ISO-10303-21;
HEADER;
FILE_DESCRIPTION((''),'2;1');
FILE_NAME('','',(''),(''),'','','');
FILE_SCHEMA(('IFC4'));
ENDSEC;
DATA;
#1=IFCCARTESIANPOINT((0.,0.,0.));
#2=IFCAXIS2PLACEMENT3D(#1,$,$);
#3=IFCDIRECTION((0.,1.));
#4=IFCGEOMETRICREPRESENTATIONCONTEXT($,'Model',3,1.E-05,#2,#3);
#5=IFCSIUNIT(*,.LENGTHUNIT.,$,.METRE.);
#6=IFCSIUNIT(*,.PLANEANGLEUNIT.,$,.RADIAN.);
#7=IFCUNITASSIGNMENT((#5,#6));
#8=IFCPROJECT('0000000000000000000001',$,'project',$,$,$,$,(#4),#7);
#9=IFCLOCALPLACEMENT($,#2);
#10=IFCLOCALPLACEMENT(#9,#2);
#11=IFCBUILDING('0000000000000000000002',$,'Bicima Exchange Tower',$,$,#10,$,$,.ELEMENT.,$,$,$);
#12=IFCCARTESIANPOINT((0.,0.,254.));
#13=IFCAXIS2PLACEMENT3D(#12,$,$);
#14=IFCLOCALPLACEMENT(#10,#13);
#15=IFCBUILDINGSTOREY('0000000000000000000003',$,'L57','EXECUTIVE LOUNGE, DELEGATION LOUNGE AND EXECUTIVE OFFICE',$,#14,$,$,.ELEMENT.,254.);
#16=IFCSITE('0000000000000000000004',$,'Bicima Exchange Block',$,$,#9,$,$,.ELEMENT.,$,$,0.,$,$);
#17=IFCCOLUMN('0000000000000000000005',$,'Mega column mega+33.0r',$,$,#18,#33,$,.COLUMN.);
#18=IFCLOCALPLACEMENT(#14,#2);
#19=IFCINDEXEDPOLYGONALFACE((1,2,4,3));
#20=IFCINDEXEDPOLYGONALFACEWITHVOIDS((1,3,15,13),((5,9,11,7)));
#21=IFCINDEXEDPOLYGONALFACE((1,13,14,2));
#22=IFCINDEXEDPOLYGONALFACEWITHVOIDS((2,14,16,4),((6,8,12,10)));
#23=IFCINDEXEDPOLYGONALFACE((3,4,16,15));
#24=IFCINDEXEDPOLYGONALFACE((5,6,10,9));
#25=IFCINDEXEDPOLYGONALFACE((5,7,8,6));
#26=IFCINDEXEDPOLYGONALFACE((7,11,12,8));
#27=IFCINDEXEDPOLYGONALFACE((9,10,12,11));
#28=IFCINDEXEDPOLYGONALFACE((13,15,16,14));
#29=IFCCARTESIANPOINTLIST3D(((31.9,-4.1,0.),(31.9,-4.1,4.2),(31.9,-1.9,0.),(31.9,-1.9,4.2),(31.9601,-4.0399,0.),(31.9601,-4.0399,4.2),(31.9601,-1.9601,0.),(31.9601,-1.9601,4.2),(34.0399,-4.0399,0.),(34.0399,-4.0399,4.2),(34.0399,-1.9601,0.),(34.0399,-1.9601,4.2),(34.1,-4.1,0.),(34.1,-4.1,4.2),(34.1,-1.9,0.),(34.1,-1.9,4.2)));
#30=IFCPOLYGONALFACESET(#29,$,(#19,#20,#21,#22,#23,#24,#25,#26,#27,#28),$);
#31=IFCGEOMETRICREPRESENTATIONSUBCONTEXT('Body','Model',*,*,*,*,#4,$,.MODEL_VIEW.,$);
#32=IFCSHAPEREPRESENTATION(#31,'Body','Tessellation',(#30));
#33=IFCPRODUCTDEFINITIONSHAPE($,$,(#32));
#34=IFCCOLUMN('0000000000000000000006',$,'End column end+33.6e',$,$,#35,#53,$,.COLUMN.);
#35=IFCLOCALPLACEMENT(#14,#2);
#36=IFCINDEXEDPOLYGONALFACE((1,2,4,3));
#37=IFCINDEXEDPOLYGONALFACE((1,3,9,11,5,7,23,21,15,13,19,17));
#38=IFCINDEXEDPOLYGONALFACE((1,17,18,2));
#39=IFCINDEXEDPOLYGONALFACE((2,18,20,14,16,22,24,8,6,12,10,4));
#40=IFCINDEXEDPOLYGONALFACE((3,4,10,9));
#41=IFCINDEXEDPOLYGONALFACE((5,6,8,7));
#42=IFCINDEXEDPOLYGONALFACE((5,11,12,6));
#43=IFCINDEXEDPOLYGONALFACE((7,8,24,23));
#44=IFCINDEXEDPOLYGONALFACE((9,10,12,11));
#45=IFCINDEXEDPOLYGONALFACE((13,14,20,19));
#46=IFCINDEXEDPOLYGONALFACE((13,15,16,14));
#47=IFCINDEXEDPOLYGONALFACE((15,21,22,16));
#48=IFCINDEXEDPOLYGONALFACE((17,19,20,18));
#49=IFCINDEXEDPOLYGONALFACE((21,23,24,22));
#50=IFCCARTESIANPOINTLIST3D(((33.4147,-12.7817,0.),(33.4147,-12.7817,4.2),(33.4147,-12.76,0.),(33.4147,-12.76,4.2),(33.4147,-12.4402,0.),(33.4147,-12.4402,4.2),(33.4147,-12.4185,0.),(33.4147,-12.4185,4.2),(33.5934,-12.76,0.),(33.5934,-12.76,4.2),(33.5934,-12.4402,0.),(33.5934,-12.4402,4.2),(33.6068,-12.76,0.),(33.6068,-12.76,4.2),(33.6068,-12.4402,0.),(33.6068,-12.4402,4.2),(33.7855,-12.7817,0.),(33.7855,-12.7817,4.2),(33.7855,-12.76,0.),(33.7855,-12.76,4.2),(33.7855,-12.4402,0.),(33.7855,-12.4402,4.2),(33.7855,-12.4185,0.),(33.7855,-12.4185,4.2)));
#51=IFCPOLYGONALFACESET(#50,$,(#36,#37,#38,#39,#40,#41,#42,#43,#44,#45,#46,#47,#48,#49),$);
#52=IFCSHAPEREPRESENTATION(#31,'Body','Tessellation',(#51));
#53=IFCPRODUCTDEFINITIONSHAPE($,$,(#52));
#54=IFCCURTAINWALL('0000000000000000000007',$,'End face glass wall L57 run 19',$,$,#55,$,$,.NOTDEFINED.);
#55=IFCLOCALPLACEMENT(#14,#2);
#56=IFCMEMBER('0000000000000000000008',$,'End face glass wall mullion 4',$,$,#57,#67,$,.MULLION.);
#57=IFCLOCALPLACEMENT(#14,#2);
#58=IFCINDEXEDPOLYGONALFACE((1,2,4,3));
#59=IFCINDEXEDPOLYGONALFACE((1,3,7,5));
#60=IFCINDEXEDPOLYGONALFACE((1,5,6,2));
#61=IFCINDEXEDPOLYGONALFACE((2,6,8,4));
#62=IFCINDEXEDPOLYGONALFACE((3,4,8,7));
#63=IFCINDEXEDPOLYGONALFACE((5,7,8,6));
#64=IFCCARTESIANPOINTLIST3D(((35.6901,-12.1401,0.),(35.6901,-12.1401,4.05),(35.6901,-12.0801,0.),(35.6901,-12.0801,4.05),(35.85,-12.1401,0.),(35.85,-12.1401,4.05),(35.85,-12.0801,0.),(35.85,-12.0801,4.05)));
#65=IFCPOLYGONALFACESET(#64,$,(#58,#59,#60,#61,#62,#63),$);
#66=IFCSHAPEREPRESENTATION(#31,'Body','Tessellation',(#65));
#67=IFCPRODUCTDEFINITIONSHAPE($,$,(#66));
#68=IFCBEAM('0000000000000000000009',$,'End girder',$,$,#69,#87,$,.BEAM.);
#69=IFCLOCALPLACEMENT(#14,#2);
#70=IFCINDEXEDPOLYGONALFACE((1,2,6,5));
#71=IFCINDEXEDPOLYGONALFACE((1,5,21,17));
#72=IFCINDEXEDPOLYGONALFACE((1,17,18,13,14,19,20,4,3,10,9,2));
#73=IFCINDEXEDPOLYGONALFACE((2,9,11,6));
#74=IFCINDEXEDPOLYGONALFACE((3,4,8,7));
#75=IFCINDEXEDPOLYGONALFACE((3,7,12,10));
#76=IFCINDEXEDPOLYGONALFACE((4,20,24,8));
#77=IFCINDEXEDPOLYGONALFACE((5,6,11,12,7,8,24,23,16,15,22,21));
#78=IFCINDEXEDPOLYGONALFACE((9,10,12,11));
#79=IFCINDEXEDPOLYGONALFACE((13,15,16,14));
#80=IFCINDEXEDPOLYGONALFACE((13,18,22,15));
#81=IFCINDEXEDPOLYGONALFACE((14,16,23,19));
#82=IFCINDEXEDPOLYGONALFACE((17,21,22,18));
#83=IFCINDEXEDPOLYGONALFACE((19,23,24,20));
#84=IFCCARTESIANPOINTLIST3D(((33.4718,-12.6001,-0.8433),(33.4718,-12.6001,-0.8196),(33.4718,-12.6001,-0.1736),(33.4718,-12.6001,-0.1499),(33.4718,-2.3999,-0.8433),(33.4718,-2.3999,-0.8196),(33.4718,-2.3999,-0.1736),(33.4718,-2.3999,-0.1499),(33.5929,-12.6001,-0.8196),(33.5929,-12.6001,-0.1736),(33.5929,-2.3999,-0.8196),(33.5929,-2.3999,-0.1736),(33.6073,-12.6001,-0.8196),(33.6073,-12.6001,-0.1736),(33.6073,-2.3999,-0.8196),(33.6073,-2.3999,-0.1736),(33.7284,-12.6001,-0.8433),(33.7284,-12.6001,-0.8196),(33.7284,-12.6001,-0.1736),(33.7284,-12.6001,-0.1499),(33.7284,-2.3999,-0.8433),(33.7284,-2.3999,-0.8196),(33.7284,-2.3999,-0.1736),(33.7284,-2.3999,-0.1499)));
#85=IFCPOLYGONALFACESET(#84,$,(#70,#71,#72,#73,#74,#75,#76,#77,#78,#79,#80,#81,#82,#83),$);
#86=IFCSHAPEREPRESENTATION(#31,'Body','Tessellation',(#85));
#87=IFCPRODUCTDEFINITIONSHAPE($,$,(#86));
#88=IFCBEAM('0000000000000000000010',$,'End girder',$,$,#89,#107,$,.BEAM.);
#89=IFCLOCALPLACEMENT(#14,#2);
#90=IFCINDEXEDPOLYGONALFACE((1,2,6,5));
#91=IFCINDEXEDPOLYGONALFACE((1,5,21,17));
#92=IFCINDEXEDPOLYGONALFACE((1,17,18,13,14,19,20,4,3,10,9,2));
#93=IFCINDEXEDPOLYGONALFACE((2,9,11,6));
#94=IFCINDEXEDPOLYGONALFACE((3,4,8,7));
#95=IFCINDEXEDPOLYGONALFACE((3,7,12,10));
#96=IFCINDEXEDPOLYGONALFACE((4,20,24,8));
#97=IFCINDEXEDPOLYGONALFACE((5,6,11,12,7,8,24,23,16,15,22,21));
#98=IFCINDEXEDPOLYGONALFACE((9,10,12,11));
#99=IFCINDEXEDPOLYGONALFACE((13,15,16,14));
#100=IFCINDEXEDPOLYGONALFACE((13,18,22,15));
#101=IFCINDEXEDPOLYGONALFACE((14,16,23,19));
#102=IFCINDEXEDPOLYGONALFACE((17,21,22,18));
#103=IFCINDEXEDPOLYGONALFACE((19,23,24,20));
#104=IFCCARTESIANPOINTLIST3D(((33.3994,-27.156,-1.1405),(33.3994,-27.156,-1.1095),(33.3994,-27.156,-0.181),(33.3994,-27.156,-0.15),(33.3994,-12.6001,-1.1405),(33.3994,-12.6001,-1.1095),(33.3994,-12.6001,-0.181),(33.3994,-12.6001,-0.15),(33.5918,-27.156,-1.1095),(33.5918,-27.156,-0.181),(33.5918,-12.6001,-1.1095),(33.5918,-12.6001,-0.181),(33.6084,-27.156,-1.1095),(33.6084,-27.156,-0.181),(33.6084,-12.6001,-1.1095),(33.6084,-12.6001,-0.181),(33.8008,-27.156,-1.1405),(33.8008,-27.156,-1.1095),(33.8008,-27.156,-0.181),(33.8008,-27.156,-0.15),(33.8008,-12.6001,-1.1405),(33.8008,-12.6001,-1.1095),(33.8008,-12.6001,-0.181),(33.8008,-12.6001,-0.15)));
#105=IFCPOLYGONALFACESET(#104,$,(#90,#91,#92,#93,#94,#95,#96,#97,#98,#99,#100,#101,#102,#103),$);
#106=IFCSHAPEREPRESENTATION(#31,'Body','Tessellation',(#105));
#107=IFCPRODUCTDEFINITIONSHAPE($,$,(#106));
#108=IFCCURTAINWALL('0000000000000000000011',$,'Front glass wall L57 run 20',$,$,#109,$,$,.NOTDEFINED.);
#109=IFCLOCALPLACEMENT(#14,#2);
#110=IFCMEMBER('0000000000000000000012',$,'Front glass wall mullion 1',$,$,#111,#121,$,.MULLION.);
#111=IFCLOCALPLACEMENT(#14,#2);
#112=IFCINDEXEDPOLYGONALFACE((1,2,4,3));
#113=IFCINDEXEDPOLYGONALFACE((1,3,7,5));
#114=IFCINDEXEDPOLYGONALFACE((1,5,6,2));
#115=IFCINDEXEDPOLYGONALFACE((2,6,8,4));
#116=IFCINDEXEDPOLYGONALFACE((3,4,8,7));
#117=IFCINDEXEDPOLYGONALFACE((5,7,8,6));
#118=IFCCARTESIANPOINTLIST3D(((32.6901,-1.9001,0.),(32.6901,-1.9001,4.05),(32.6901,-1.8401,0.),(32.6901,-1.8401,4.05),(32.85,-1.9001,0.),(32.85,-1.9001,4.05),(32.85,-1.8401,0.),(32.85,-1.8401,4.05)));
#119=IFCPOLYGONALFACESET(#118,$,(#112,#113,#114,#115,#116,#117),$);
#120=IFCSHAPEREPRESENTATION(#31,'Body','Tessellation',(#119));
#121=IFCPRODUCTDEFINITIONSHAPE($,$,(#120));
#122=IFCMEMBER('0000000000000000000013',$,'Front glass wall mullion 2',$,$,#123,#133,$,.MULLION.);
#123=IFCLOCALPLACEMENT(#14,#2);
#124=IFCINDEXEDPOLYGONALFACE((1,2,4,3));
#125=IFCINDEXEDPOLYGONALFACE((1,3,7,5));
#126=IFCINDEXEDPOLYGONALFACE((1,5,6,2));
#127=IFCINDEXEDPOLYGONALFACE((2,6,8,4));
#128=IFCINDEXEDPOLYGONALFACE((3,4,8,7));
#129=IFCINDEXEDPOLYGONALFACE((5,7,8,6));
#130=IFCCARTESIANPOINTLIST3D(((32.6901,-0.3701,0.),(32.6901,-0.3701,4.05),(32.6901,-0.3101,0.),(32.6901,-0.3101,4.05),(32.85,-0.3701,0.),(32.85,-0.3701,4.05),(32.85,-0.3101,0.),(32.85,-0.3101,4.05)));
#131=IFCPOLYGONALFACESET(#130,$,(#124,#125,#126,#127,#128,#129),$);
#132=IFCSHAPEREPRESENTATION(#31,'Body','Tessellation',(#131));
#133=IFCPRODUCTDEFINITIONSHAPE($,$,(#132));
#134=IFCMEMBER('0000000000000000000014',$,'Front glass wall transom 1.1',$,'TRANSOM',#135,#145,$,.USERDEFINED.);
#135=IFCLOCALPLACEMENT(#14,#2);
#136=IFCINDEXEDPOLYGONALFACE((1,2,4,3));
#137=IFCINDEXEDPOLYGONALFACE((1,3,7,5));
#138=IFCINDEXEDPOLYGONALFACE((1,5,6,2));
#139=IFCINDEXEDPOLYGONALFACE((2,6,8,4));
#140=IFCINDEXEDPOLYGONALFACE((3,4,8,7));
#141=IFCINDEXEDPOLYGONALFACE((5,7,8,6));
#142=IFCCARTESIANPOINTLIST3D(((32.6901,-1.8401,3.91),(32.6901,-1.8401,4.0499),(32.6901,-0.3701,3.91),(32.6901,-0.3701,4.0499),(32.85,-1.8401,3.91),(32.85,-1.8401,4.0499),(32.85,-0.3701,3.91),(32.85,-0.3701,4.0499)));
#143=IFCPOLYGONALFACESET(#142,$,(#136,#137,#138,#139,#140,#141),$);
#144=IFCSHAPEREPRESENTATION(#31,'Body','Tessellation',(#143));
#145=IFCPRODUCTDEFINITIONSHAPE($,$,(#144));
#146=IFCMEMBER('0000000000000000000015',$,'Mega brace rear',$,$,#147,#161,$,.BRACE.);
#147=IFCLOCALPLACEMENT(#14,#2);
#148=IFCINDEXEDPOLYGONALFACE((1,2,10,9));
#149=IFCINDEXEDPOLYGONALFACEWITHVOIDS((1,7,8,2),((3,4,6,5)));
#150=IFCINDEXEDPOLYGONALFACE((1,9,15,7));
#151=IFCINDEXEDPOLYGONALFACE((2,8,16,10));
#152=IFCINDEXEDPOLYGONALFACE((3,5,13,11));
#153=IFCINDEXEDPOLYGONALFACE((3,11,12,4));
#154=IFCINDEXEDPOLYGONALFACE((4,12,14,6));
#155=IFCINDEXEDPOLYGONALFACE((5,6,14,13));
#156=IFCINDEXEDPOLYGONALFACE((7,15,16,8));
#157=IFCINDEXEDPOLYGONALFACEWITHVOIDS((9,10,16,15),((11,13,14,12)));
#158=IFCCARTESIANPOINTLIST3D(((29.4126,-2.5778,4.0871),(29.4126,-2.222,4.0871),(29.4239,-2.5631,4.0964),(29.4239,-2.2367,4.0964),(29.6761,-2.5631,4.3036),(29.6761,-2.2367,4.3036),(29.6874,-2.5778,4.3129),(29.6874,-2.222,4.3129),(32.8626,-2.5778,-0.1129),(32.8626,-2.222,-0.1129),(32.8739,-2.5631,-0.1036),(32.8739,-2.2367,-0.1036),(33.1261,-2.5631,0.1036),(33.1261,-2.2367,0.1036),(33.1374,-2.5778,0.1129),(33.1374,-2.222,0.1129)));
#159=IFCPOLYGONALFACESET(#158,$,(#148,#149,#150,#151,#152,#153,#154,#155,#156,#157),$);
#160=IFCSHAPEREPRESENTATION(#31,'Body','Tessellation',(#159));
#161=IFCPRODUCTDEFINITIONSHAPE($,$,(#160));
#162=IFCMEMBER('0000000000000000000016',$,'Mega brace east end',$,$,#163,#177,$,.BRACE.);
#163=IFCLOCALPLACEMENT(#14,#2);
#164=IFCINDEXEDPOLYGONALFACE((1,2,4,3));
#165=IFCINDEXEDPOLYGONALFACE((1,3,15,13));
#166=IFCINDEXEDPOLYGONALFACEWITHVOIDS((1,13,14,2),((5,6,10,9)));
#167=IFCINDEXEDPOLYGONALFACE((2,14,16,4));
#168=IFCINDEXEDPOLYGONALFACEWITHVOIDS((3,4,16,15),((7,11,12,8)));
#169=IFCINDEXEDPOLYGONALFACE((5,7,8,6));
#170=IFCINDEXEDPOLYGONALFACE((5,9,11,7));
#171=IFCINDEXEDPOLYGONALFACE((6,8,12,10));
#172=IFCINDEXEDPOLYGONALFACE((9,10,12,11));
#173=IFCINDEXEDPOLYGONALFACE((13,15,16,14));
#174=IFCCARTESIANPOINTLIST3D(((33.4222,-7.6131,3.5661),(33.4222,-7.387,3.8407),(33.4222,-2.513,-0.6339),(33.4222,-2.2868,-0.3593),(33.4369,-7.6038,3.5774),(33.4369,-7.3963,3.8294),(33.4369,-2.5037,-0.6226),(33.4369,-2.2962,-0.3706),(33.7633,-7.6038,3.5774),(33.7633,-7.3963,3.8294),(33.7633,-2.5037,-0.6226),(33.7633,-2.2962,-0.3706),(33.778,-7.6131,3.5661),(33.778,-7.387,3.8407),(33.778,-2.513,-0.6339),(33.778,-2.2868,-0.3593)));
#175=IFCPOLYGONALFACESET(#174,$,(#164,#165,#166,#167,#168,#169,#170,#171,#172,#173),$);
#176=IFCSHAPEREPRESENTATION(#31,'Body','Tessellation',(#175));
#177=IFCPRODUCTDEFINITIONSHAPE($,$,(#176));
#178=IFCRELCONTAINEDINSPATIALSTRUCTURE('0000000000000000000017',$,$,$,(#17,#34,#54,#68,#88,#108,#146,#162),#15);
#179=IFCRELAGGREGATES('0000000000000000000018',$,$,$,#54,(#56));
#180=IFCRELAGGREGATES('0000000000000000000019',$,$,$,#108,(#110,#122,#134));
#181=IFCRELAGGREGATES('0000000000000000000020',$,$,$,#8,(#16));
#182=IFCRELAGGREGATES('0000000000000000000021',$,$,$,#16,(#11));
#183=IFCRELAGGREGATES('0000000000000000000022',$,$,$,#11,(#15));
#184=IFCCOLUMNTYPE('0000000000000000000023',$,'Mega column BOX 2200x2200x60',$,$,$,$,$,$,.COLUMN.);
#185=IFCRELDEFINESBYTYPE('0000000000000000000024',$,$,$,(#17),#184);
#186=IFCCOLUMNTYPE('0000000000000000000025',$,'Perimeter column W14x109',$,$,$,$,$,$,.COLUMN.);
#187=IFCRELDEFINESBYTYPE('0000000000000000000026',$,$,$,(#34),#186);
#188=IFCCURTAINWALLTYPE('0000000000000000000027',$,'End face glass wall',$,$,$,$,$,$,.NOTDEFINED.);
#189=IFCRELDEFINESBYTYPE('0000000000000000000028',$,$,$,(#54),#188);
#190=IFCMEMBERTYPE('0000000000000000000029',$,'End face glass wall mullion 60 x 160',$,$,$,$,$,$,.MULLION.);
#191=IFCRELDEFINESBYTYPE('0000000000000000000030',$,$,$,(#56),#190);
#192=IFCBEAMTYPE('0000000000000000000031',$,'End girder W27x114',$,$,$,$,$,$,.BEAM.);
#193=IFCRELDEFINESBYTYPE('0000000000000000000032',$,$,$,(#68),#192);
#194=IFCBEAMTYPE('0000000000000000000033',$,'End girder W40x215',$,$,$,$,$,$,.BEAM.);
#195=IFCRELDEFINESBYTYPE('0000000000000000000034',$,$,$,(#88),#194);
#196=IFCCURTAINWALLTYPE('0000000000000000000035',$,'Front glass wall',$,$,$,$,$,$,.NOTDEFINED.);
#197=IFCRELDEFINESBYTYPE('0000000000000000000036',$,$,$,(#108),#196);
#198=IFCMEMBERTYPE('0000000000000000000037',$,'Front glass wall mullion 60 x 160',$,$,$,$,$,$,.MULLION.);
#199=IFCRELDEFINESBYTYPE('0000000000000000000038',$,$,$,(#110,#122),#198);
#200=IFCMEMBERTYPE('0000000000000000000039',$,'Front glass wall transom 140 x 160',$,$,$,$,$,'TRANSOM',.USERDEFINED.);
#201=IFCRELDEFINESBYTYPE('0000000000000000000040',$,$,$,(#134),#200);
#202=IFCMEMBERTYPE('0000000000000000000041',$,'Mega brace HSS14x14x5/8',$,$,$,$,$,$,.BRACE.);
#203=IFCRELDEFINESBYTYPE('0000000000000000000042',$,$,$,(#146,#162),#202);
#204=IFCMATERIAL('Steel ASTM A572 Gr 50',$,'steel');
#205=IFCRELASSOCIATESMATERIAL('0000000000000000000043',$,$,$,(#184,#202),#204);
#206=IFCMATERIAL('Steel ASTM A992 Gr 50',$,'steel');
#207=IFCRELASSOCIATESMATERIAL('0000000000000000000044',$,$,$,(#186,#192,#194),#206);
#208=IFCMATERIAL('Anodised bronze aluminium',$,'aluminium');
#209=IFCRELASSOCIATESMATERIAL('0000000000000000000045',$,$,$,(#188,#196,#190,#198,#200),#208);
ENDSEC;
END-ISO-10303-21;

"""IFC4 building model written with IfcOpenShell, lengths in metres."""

from ifc_helpers import new_model, si_unit, direction, frame, origin, origin_2d, place, context, subcontext, project, spatial, rectangle, hollow_rectangle, i_section, extrude, material, material_profile, profile_set, type_object, element, aggregate, save


model = new_model("IFC4")

# Units and contexts
model_context = context("Model", 3, precision=1e-05, world=origin(), true_north=direction((0.0, 1.0)))
body_context = subcontext(model_context, "Body", "Model", "MODEL_VIEW")
ifc_project = project(units=[si_unit("LENGTHUNIT", "METRE"), si_unit("PLANEANGLEUNIT", "RADIAN")], contexts=[model_context])

# Site, building, storey
site_placement = place(None, origin())
site = spatial("IfcSite", under=ifc_project, at=site_placement, Name="Bicima Exchange Block", CompositionType="ELEMENT", RefElevation=0.0)
building_placement = place(site_placement, origin())
building = spatial("IfcBuilding", under=site, at=building_placement, Name="Bicima Exchange Tower", CompositionType="ELEMENT")
storey_placement = place(building_placement, frame((0.0, 0.0, 254.0)))
storey = spatial("IfcBuildingStorey", under=building, at=storey_placement, Name="L57", Description="EXECUTIVE LOUNGE, DELEGATION LOUNGE AND EXECUTIVE OFFICE", CompositionType="ELEMENT", Elevation=254.0)

# Columns
ifc_material_1 = material(Name="Steel ASTM A572 Gr 50", Category="steel")
ifc_material_profile_1 = material_profile(ifc_material_1, hollow_rectangle(XDim=2.2, YDim=2.2, WallThickness=0.0601, at=origin_2d()))
ifc_profile_set_1 = profile_set([ifc_material_profile_1], Name="Steel ASTM A572 Gr 50")
column_type_1 = type_object("IfcColumnType", Name="Mega column BOX 2200x2200x60", PredefinedType="COLUMN", material=ifc_profile_set_1)
column_1_placement = place(storey_placement, frame((33.0, -3.0, 0.0), z_axis=(0.0, 0.0, 1.0), x_axis=(1.0, 0.0, 0.0)))
element("IfcColumn", 1, at=column_1_placement, inside=storey, type_object=column_type_1, Name="Mega column mega+33.0r", PredefinedType="COLUMN", context=body_context, shape_type="SweptSolid", body=[
    extrude(hollow_rectangle(XDim=2.2, YDim=2.2, WallThickness=0.0601, at=origin_2d()), origin(), (0.0, 0.0, 1.0), 4.2),
])
ifc_material_2 = material(Name="Steel ASTM A992 Gr 50", Category="steel")
ifc_material_profile_2 = material_profile(ifc_material_2, i_section(OverallWidth=0.3708, OverallDepth=0.3633, WebThickness=0.0134, FlangeThickness=0.0217, at=origin_2d()))
ifc_profile_set_2 = profile_set([ifc_material_profile_2], Name="Steel ASTM A992 Gr 50")
column_type_2 = type_object("IfcColumnType", Name="Perimeter column W14x109", PredefinedType="COLUMN", material=ifc_profile_set_2)
column_2_placement = place(storey_placement, frame((33.6001, -12.6001, 0.0), z_axis=(0.0, 0.0, 1.0), x_axis=(1.0, 0.0, 0.0)))
element("IfcColumn", 2, at=column_2_placement, inside=storey, type_object=column_type_2, Name="End column end+33.6e", PredefinedType="COLUMN", context=body_context, shape_type="SweptSolid", body=[
    extrude(i_section(OverallWidth=0.3708, OverallDepth=0.3633, WebThickness=0.0134, FlangeThickness=0.0217, at=origin_2d()), origin(), (0.0, 0.0, 1.0), 4.2),
])

# Curtain wall, member
ifc_material_3 = material(Name="Anodised bronze aluminium", Category="aluminium")
curtain_wall_type_1 = type_object("IfcCurtainWallType", Name="End face glass wall", PredefinedType="NOTDEFINED", material=ifc_material_3)
curtain_wall_1_placement = place(storey_placement, origin())
curtain_wall_1 = element("IfcCurtainWall", 3, at=curtain_wall_1_placement, inside=storey, type_object=curtain_wall_type_1, Name="End face glass wall L57 run 19", PredefinedType="NOTDEFINED")
ifc_material_profile_3 = material_profile(ifc_material_3, rectangle(XDim=0.1599, YDim=0.0601, at=origin_2d()))
ifc_profile_set_3 = profile_set([ifc_material_profile_3], Name="Anodised bronze aluminium")
member_type_1 = type_object("IfcMemberType", Name="End face glass wall mullion 60 x 160", PredefinedType="MULLION", material=ifc_profile_set_3)
member_1_placement = place(storey_placement, frame((35.77, -12.1101, 0.0), z_axis=(0.0, 0.0, 1.0), x_axis=(-1.0, 0.0, 0.0)))
member_1 = element("IfcMember", 4, at=member_1_placement, type_object=member_type_1, Name="End face glass wall mullion 4", PredefinedType="MULLION", context=body_context, shape_type="SweptSolid", body=[
    extrude(rectangle(XDim=0.1599, YDim=0.0601, at=origin_2d()), origin(), (0.0, 0.0, 1.0), 4.05),
])
aggregate(curtain_wall_1, [member_1])

# Beams
ifc_material_profile_4 = material_profile(ifc_material_2, i_section(OverallWidth=0.2566, OverallDepth=0.6934, WebThickness=0.0144, FlangeThickness=0.0237, at=origin_2d()))
ifc_profile_set_4 = profile_set([ifc_material_profile_4], Name="Steel ASTM A992 Gr 50")
beam_type_1 = type_object("IfcBeamType", Name="End girder W27x114", PredefinedType="BEAM", material=ifc_profile_set_4)
beam_1_placement = place(storey_placement, frame((33.6001, -2.3999, -0.4966), z_axis=(0.0, -1.0, 0.0), x_axis=(1.0, 0.0, 0.0)))
element("IfcBeam", 5, at=beam_1_placement, inside=storey, type_object=beam_type_1, Name="End girder", PredefinedType="BEAM", context=body_context, shape_type="SweptSolid", body=[
    extrude(i_section(OverallWidth=0.2566, OverallDepth=0.6934, WebThickness=0.0144, FlangeThickness=0.0237, at=origin_2d()), origin(), (0.0, 0.0, 1.0), 10.2002),
])
ifc_material_profile_5 = material_profile(ifc_material_2, i_section(OverallWidth=0.4014, OverallDepth=0.9905, WebThickness=0.0166, FlangeThickness=0.031, at=origin_2d()))
ifc_profile_set_5 = profile_set([ifc_material_profile_5], Name="Steel ASTM A992 Gr 50")
beam_type_2 = type_object("IfcBeamType", Name="End girder W40x215", PredefinedType="BEAM", material=ifc_profile_set_5)
beam_2_placement = place(storey_placement, frame((33.6001, -12.6001, -0.6453), z_axis=(0.0, -1.0, 0.0), x_axis=(1.0, 0.0, 0.0)))
element("IfcBeam", 6, at=beam_2_placement, inside=storey, type_object=beam_type_2, Name="End girder", PredefinedType="BEAM", context=body_context, shape_type="SweptSolid", body=[
    extrude(i_section(OverallWidth=0.4014, OverallDepth=0.9905, WebThickness=0.0166, FlangeThickness=0.031, at=origin_2d()), origin(), (0.0, 0.0, 1.0), 14.5559),
])

# Curtain wall, members
curtain_wall_type_2 = type_object("IfcCurtainWallType", Name="Front glass wall", PredefinedType="NOTDEFINED", material=ifc_material_3)
curtain_wall_2_placement = place(storey_placement, origin())
curtain_wall_2 = element("IfcCurtainWall", 7, at=curtain_wall_2_placement, inside=storey, type_object=curtain_wall_type_2, Name="Front glass wall L57 run 20", PredefinedType="NOTDEFINED")
member_type_2 = type_object("IfcMemberType", Name="Front glass wall mullion 60 x 160", PredefinedType="MULLION", material=ifc_profile_set_3)
member_2_placement = place(storey_placement, frame((32.77, -1.8701, 0.0), z_axis=(0.0, 0.0, 1.0), x_axis=(-1.0, 0.0, 0.0)))
member_2 = element("IfcMember", 8, at=member_2_placement, type_object=member_type_2, Name="Front glass wall mullion 1", PredefinedType="MULLION", context=body_context, shape_type="SweptSolid", body=[
    extrude(rectangle(XDim=0.1599, YDim=0.0601, at=origin_2d()), origin(), (0.0, 0.0, 1.0), 4.05),
])
member_3_placement = place(storey_placement, frame((32.77, -0.3401, 0.0), z_axis=(0.0, 0.0, 1.0), x_axis=(-1.0, 0.0, 0.0)))
member_3 = element("IfcMember", 9, at=member_3_placement, type_object=member_type_2, Name="Front glass wall mullion 2", PredefinedType="MULLION", context=body_context, shape_type="SweptSolid", body=[
    extrude(rectangle(XDim=0.1599, YDim=0.0601, at=origin_2d()), origin(), (0.0, 0.0, 1.0), 4.05),
])
ifc_material_profile_6 = material_profile(ifc_material_3, rectangle(XDim=0.1599, YDim=0.1399, at=origin_2d()))
ifc_profile_set_6 = profile_set([ifc_material_profile_6], Name="Anodised bronze aluminium")
member_type_3 = type_object("IfcMemberType", Name="Front glass wall transom 140 x 160", ElementType="TRANSOM", PredefinedType="USERDEFINED", material=ifc_profile_set_6)
member_4_placement = place(storey_placement, frame((32.77, -1.8401, 3.98), z_axis=(0.0, 1.0, 0.0), x_axis=(-1.0, 0.0, 0.0)))
member_4 = element("IfcMember", 10, at=member_4_placement, type_object=member_type_3, Name="Front glass wall transom 1.1", ObjectType="TRANSOM", PredefinedType="USERDEFINED", context=body_context, shape_type="SweptSolid", body=[
    extrude(rectangle(XDim=0.1599, YDim=0.1399, at=origin_2d()), origin(), (0.0, 0.0, 1.0), 1.47),
])

# Members
ifc_material_profile_7 = material_profile(ifc_material_1, hollow_rectangle(XDim=0.3557, YDim=0.3557, WallThickness=0.0146, at=origin_2d()))
ifc_profile_set_7 = profile_set([ifc_material_profile_7], Name="Steel ASTM A572 Gr 50")
member_type_4 = type_object("IfcMemberType", Name="Mega brace HSS14x14x5/8", PredefinedType="BRACE", material=ifc_profile_set_7)
member_5_placement = place(storey_placement, frame((33.0, -2.3999, 0.0), z_axis=(-0.634738, 0.0, 0.772727), x_axis=(0.0, -1.0, 0.0)))
element("IfcMember", 11, at=member_5_placement, inside=storey, type_object=member_type_4, Name="Mega brace rear", PredefinedType="BRACE", context=body_context, shape_type="SweptSolid", body=[
    extrude(hollow_rectangle(XDim=0.3557, YDim=0.3557, WallThickness=0.0146, at=origin_2d()), origin(), (0.0, 0.0, 1.0), 5.4353),
])
for number, where, z_axis, x_axis, name in (
    (12, (33.6001, -2.3999, -0.4966), (0.0, -0.77194, 0.635696), (1.0, 0.0, 0.0), "Mega brace east end"),
):
    element("IfcMember", number, at=place(storey_placement, frame(where, z_axis=z_axis, x_axis=x_axis)), inside=storey, type_object=member_type_4, Name=name, PredefinedType="BRACE", context=body_context, shape_type="SweptSolid", body=[
        extrude(hollow_rectangle(XDim=0.3557, YDim=0.3557, WallThickness=0.0146, at=origin_2d()), origin(), (0.0, 0.0, 1.0), 6.6069),
    ])

aggregate(curtain_wall_2, [member_2, member_3, member_4])

save(model, "model.ifc")
